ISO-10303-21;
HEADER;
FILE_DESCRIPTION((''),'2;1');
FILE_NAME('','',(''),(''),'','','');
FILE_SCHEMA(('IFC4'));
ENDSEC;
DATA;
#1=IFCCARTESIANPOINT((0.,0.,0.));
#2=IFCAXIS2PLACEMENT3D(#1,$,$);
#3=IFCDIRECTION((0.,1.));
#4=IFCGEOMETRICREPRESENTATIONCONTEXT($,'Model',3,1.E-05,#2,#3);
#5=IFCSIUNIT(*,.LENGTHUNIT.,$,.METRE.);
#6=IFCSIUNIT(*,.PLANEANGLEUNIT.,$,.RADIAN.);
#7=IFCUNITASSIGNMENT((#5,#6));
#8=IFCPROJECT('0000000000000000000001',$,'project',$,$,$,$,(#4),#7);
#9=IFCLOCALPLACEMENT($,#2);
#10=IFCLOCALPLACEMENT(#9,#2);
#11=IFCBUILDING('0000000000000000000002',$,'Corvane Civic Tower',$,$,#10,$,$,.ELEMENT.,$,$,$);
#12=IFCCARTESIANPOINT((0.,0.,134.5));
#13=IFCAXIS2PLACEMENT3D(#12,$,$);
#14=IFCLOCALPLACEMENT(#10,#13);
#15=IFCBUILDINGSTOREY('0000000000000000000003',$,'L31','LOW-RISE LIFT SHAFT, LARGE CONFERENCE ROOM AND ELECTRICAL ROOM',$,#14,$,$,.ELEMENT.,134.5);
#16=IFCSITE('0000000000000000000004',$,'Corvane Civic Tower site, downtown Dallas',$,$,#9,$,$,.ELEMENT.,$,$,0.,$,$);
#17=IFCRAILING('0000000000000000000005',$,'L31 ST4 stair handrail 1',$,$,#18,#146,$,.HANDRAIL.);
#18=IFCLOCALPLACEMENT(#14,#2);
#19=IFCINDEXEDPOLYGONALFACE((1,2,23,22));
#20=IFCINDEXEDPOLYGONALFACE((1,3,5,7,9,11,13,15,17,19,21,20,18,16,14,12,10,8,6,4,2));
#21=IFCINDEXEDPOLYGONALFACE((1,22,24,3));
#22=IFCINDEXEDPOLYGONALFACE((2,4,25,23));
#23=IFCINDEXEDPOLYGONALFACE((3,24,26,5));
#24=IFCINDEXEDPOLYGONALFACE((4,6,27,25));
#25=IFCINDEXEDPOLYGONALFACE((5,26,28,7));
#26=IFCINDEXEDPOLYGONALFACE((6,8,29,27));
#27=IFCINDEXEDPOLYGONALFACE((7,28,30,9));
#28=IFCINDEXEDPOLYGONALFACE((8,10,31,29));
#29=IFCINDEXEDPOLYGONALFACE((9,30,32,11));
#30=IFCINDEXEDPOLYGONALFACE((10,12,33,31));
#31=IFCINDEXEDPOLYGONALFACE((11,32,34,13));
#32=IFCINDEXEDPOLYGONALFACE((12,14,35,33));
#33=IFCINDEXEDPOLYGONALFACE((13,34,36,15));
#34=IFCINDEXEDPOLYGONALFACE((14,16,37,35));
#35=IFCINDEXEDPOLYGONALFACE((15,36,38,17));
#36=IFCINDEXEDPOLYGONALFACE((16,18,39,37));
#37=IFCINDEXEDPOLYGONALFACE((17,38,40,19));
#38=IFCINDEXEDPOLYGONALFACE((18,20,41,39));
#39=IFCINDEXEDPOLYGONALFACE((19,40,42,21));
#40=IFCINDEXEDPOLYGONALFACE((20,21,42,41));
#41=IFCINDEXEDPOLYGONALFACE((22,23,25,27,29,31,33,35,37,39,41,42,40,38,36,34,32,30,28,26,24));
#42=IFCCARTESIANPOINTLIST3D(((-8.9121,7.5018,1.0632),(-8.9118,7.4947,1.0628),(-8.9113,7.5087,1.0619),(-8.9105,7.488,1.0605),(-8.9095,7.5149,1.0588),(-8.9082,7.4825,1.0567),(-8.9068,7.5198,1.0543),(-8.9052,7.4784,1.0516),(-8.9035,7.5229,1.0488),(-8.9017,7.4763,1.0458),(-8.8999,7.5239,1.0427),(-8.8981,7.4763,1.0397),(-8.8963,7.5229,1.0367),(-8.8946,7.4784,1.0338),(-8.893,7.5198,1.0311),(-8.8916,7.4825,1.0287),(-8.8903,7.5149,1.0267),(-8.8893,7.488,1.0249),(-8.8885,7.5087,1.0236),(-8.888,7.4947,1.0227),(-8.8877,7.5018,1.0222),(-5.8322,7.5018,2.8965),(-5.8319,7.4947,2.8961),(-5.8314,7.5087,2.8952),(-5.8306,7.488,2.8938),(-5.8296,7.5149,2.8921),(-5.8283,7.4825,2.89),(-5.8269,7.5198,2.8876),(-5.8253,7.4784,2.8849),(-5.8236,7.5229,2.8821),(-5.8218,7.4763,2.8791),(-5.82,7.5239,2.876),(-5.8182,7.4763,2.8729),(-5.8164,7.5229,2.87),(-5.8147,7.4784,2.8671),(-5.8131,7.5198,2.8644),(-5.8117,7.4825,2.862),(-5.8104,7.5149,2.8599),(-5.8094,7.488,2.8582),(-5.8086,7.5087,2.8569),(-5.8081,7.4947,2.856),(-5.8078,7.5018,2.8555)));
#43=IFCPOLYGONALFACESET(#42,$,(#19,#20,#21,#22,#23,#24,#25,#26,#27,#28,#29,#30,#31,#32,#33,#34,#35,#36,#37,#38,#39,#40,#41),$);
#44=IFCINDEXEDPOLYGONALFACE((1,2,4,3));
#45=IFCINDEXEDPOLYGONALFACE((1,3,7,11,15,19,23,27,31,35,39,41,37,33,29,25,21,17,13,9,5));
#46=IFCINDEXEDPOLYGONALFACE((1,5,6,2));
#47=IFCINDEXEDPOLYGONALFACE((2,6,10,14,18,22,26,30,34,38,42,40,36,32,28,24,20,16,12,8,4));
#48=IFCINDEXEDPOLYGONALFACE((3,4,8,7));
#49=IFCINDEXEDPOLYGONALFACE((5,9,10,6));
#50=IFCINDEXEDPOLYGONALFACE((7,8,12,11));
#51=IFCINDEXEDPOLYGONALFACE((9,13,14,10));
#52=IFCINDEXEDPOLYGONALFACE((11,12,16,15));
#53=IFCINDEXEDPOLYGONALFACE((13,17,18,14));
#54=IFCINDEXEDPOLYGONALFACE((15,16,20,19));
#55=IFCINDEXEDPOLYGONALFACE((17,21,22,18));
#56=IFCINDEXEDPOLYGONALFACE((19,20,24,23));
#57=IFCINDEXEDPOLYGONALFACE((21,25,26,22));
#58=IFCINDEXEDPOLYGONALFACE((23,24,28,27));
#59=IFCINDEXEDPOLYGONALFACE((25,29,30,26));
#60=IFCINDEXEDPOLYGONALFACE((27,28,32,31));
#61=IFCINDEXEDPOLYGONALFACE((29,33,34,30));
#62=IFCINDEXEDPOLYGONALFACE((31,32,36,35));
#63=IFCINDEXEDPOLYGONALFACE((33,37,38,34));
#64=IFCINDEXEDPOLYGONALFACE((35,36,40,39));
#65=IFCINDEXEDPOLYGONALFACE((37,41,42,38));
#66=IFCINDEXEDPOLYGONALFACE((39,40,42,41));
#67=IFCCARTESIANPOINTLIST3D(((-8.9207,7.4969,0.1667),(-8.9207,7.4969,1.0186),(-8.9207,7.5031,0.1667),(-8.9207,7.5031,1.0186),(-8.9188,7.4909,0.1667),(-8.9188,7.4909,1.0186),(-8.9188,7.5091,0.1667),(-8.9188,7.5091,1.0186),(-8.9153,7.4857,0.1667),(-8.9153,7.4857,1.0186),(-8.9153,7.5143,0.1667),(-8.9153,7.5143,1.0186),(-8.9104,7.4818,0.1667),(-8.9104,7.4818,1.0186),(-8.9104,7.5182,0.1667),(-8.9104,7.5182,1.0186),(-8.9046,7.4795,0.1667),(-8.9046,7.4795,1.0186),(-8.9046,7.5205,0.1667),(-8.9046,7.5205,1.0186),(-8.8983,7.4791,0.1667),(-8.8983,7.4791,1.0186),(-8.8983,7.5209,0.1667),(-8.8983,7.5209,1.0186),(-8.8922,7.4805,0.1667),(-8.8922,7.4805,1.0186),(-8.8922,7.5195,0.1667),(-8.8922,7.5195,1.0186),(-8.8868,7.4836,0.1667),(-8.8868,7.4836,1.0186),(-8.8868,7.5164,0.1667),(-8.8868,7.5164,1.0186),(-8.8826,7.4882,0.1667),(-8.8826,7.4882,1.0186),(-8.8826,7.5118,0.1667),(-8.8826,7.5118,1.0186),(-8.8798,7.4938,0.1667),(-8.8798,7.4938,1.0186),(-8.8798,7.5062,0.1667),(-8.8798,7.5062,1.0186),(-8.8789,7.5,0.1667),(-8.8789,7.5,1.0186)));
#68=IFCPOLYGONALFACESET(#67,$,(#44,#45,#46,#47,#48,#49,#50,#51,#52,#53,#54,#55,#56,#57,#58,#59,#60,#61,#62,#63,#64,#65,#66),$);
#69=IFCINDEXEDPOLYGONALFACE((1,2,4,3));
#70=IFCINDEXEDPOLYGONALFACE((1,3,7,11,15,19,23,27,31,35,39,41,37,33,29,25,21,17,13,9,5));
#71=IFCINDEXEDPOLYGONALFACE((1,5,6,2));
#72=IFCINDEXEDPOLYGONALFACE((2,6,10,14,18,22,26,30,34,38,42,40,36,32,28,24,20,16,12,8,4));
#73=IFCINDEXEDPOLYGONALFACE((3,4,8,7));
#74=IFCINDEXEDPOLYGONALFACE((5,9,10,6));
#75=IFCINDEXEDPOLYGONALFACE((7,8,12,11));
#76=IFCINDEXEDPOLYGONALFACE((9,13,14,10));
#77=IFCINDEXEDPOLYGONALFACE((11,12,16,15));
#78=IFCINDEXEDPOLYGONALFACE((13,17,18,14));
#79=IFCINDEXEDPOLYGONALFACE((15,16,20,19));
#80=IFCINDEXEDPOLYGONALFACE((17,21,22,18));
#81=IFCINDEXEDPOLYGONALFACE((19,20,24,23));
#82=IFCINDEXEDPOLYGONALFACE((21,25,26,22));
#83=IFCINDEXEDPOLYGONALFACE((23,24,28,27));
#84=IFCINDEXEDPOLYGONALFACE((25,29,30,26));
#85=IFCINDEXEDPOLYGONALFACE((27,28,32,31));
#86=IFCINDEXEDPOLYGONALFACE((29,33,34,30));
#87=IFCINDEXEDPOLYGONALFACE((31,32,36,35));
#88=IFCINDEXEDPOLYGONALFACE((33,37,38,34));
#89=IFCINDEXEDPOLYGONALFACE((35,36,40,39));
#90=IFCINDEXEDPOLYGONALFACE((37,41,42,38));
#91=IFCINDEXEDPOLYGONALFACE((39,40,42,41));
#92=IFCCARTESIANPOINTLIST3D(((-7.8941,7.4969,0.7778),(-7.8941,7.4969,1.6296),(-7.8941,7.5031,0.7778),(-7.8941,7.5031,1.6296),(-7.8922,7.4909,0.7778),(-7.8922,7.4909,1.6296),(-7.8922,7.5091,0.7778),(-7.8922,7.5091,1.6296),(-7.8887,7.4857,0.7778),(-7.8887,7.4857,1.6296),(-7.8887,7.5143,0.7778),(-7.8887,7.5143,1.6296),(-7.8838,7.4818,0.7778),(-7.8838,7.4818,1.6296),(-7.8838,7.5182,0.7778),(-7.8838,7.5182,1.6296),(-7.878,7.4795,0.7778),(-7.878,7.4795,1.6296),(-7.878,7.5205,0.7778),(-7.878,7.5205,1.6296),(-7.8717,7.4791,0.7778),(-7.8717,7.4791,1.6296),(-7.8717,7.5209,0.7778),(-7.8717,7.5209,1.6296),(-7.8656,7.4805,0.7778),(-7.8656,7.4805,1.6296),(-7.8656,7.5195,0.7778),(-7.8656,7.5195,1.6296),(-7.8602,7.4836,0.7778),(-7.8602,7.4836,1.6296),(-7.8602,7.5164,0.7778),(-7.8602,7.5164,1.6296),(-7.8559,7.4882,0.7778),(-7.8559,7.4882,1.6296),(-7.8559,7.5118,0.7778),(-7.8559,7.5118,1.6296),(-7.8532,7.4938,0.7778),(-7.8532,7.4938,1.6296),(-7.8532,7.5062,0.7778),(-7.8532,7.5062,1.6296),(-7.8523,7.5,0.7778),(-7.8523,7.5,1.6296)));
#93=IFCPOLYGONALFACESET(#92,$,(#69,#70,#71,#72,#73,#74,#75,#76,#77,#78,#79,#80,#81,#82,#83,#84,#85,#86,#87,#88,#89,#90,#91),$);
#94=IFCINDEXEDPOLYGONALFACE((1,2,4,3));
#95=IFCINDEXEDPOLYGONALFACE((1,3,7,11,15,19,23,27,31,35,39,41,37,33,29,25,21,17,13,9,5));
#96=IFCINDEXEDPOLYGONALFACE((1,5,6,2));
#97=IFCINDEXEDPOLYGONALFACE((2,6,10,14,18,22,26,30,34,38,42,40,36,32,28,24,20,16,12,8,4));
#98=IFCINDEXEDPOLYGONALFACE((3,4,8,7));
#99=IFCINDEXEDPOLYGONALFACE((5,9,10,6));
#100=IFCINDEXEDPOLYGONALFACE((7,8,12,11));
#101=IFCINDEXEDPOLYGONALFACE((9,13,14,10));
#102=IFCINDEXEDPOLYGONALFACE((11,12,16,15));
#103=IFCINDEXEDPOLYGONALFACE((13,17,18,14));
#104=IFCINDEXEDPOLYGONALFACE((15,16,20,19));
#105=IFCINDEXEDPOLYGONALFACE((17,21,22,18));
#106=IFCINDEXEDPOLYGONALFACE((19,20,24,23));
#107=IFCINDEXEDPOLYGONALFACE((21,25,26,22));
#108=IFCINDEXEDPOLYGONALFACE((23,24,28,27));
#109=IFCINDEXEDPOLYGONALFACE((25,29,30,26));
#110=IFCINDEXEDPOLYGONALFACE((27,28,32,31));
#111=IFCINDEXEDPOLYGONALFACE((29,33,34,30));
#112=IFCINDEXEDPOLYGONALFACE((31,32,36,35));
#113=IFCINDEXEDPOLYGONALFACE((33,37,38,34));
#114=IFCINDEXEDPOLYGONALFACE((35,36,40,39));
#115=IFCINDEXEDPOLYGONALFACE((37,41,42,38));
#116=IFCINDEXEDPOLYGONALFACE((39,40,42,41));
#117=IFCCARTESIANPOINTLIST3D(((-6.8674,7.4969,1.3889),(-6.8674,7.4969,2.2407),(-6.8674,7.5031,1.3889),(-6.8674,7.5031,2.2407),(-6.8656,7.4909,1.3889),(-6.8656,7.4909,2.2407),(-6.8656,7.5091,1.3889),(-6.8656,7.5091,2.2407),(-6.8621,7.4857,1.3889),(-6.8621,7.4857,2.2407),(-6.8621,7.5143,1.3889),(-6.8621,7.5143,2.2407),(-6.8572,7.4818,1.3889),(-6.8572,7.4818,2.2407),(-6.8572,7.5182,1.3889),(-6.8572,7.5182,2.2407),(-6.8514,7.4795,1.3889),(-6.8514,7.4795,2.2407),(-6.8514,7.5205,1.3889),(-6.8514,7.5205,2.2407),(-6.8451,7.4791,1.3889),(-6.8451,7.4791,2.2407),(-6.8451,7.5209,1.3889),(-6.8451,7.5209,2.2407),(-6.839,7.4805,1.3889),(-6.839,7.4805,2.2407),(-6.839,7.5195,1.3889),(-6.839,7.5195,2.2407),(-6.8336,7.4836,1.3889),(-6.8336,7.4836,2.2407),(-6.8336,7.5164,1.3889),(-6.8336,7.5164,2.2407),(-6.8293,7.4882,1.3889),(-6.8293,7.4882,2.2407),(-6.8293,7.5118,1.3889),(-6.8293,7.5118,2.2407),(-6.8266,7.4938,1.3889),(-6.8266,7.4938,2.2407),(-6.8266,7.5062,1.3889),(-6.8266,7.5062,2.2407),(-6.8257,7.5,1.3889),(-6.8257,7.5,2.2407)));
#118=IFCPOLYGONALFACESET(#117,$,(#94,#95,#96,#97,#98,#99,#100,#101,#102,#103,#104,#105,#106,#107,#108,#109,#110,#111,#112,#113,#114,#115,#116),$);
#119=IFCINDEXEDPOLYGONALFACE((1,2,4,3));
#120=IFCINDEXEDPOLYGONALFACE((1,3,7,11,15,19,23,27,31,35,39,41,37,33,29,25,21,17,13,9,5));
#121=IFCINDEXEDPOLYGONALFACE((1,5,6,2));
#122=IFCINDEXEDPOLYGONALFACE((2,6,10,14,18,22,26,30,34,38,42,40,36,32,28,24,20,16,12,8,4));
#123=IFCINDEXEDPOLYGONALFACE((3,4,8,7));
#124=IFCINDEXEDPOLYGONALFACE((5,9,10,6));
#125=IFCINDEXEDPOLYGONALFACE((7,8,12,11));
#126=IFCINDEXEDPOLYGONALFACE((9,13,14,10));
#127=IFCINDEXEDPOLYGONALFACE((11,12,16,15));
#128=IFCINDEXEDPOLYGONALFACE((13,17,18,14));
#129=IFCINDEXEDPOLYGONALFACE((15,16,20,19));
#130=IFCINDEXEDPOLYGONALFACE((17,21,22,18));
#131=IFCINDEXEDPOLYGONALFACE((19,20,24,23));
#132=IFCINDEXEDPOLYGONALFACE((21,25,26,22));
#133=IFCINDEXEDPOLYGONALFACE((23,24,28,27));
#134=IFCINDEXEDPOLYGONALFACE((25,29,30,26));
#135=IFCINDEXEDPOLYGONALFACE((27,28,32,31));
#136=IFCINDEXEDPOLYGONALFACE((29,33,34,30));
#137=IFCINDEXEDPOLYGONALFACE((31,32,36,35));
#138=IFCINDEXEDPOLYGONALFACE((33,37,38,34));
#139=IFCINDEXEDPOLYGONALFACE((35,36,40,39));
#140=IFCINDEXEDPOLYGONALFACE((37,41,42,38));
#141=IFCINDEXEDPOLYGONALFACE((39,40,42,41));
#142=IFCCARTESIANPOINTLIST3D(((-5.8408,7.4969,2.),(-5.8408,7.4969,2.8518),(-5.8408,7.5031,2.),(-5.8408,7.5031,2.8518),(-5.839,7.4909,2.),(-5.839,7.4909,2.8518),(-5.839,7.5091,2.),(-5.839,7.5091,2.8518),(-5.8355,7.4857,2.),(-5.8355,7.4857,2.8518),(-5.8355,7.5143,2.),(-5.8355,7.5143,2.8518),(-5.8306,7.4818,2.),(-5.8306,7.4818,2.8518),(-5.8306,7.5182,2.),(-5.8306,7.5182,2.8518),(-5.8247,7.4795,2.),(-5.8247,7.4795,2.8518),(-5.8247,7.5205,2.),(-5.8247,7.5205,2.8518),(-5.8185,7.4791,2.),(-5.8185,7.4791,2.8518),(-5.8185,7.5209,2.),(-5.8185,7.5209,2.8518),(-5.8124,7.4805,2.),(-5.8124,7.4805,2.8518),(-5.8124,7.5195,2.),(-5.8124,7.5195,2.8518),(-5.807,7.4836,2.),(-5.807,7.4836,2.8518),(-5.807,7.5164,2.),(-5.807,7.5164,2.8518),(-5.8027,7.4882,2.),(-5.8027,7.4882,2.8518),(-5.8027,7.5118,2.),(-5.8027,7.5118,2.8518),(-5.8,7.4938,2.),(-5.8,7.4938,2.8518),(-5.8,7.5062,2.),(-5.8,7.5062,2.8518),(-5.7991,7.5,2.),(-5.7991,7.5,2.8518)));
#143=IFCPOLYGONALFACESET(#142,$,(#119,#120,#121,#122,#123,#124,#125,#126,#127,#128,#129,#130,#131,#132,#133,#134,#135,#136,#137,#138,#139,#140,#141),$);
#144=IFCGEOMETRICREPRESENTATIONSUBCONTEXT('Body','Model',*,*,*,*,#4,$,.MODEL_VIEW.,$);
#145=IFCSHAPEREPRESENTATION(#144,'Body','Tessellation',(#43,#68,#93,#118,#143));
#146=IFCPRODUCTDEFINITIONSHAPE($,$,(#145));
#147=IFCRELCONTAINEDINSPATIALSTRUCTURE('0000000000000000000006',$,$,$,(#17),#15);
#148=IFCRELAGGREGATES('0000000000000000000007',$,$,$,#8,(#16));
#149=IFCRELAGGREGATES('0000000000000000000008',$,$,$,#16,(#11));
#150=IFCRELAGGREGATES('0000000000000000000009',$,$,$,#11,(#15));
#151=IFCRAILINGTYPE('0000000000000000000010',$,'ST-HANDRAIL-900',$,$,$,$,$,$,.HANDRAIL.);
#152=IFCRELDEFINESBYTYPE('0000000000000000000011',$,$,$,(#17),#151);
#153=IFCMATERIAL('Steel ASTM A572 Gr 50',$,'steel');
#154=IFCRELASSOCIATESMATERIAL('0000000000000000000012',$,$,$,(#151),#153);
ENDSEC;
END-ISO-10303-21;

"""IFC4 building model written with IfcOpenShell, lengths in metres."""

from ifc_helpers import new_model, si_unit, direction, frame, origin, origin_2d, place, context, subcontext, project, spatial, circle, extrude, material, type_object, element, save


model = new_model("IFC4")

# Units and contexts
model_context = context("Model", 3, precision=1e-05, world=origin(), true_north=direction((0.0, 1.0)))
body_context = subcontext(model_context, "Body", "Model", "MODEL_VIEW")
ifc_project = project(units=[si_unit("LENGTHUNIT", "METRE"), si_unit("PLANEANGLEUNIT", "RADIAN")], contexts=[model_context])

# Site, building, storey
site_placement = place(None, origin())
site = spatial("IfcSite", under=ifc_project, at=site_placement, Name="Corvane Civic Tower site, downtown Dallas", CompositionType="ELEMENT", RefElevation=0.0)
building_placement = place(site_placement, origin())
building = spatial("IfcBuilding", under=site, at=building_placement, Name="Corvane Civic Tower", CompositionType="ELEMENT")
storey_placement = place(building_placement, frame((0.0, 0.0, 134.5)))
storey = spatial("IfcBuildingStorey", under=building, at=storey_placement, Name="L31", Description="LOW-RISE LIFT SHAFT, LARGE CONFERENCE ROOM AND ELECTRICAL ROOM", CompositionType="ELEMENT", Elevation=134.5)

# Railing
ifc_material_1 = material(Name="Steel ASTM A572 Gr 50", Category="steel")
railing_type_1 = type_object("IfcRailingType", Name="ST-HANDRAIL-900", PredefinedType="HANDRAIL", material=ifc_material_1)
railing_1_placement = place(storey_placement, frame((-8.8999, 7.5, 0.1667)))
element("IfcRailing", 1, at=railing_1_placement, inside=storey, type_object=railing_type_1, Name="L31 ST4 stair handrail 1", PredefinedType="HANDRAIL", context=body_context, shape_type="SweptSolid", body=[
    extrude(circle(Radius=0.0239, at=origin_2d()), frame((0.0, 0.0, 0.876), z_axis=(0.859291, 0.0, 0.511487), x_axis=(0.0, 1.0, 0.0)), (0.0, 0.0, 1.0), 3.5842),
    extrude(circle(Radius=0.021, at=origin_2d()), origin(), (0.0, 0.0, 1.0), 0.8518),
    extrude(circle(Radius=0.021, at=origin_2d()), frame((1.0266, 0.0, 0.6111)), (0.0, 0.0, 1.0), 0.8518),
    extrude(circle(Radius=0.021, at=origin_2d()), frame((2.0532, 0.0, 1.2222)), (0.0, 0.0, 1.0), 0.8518),
    extrude(circle(Radius=0.021, at=origin_2d()), frame((3.0798, 0.0, 1.8333)), (0.0, 0.0, 1.0), 0.8518),
])

save(model, "model.ifc")
